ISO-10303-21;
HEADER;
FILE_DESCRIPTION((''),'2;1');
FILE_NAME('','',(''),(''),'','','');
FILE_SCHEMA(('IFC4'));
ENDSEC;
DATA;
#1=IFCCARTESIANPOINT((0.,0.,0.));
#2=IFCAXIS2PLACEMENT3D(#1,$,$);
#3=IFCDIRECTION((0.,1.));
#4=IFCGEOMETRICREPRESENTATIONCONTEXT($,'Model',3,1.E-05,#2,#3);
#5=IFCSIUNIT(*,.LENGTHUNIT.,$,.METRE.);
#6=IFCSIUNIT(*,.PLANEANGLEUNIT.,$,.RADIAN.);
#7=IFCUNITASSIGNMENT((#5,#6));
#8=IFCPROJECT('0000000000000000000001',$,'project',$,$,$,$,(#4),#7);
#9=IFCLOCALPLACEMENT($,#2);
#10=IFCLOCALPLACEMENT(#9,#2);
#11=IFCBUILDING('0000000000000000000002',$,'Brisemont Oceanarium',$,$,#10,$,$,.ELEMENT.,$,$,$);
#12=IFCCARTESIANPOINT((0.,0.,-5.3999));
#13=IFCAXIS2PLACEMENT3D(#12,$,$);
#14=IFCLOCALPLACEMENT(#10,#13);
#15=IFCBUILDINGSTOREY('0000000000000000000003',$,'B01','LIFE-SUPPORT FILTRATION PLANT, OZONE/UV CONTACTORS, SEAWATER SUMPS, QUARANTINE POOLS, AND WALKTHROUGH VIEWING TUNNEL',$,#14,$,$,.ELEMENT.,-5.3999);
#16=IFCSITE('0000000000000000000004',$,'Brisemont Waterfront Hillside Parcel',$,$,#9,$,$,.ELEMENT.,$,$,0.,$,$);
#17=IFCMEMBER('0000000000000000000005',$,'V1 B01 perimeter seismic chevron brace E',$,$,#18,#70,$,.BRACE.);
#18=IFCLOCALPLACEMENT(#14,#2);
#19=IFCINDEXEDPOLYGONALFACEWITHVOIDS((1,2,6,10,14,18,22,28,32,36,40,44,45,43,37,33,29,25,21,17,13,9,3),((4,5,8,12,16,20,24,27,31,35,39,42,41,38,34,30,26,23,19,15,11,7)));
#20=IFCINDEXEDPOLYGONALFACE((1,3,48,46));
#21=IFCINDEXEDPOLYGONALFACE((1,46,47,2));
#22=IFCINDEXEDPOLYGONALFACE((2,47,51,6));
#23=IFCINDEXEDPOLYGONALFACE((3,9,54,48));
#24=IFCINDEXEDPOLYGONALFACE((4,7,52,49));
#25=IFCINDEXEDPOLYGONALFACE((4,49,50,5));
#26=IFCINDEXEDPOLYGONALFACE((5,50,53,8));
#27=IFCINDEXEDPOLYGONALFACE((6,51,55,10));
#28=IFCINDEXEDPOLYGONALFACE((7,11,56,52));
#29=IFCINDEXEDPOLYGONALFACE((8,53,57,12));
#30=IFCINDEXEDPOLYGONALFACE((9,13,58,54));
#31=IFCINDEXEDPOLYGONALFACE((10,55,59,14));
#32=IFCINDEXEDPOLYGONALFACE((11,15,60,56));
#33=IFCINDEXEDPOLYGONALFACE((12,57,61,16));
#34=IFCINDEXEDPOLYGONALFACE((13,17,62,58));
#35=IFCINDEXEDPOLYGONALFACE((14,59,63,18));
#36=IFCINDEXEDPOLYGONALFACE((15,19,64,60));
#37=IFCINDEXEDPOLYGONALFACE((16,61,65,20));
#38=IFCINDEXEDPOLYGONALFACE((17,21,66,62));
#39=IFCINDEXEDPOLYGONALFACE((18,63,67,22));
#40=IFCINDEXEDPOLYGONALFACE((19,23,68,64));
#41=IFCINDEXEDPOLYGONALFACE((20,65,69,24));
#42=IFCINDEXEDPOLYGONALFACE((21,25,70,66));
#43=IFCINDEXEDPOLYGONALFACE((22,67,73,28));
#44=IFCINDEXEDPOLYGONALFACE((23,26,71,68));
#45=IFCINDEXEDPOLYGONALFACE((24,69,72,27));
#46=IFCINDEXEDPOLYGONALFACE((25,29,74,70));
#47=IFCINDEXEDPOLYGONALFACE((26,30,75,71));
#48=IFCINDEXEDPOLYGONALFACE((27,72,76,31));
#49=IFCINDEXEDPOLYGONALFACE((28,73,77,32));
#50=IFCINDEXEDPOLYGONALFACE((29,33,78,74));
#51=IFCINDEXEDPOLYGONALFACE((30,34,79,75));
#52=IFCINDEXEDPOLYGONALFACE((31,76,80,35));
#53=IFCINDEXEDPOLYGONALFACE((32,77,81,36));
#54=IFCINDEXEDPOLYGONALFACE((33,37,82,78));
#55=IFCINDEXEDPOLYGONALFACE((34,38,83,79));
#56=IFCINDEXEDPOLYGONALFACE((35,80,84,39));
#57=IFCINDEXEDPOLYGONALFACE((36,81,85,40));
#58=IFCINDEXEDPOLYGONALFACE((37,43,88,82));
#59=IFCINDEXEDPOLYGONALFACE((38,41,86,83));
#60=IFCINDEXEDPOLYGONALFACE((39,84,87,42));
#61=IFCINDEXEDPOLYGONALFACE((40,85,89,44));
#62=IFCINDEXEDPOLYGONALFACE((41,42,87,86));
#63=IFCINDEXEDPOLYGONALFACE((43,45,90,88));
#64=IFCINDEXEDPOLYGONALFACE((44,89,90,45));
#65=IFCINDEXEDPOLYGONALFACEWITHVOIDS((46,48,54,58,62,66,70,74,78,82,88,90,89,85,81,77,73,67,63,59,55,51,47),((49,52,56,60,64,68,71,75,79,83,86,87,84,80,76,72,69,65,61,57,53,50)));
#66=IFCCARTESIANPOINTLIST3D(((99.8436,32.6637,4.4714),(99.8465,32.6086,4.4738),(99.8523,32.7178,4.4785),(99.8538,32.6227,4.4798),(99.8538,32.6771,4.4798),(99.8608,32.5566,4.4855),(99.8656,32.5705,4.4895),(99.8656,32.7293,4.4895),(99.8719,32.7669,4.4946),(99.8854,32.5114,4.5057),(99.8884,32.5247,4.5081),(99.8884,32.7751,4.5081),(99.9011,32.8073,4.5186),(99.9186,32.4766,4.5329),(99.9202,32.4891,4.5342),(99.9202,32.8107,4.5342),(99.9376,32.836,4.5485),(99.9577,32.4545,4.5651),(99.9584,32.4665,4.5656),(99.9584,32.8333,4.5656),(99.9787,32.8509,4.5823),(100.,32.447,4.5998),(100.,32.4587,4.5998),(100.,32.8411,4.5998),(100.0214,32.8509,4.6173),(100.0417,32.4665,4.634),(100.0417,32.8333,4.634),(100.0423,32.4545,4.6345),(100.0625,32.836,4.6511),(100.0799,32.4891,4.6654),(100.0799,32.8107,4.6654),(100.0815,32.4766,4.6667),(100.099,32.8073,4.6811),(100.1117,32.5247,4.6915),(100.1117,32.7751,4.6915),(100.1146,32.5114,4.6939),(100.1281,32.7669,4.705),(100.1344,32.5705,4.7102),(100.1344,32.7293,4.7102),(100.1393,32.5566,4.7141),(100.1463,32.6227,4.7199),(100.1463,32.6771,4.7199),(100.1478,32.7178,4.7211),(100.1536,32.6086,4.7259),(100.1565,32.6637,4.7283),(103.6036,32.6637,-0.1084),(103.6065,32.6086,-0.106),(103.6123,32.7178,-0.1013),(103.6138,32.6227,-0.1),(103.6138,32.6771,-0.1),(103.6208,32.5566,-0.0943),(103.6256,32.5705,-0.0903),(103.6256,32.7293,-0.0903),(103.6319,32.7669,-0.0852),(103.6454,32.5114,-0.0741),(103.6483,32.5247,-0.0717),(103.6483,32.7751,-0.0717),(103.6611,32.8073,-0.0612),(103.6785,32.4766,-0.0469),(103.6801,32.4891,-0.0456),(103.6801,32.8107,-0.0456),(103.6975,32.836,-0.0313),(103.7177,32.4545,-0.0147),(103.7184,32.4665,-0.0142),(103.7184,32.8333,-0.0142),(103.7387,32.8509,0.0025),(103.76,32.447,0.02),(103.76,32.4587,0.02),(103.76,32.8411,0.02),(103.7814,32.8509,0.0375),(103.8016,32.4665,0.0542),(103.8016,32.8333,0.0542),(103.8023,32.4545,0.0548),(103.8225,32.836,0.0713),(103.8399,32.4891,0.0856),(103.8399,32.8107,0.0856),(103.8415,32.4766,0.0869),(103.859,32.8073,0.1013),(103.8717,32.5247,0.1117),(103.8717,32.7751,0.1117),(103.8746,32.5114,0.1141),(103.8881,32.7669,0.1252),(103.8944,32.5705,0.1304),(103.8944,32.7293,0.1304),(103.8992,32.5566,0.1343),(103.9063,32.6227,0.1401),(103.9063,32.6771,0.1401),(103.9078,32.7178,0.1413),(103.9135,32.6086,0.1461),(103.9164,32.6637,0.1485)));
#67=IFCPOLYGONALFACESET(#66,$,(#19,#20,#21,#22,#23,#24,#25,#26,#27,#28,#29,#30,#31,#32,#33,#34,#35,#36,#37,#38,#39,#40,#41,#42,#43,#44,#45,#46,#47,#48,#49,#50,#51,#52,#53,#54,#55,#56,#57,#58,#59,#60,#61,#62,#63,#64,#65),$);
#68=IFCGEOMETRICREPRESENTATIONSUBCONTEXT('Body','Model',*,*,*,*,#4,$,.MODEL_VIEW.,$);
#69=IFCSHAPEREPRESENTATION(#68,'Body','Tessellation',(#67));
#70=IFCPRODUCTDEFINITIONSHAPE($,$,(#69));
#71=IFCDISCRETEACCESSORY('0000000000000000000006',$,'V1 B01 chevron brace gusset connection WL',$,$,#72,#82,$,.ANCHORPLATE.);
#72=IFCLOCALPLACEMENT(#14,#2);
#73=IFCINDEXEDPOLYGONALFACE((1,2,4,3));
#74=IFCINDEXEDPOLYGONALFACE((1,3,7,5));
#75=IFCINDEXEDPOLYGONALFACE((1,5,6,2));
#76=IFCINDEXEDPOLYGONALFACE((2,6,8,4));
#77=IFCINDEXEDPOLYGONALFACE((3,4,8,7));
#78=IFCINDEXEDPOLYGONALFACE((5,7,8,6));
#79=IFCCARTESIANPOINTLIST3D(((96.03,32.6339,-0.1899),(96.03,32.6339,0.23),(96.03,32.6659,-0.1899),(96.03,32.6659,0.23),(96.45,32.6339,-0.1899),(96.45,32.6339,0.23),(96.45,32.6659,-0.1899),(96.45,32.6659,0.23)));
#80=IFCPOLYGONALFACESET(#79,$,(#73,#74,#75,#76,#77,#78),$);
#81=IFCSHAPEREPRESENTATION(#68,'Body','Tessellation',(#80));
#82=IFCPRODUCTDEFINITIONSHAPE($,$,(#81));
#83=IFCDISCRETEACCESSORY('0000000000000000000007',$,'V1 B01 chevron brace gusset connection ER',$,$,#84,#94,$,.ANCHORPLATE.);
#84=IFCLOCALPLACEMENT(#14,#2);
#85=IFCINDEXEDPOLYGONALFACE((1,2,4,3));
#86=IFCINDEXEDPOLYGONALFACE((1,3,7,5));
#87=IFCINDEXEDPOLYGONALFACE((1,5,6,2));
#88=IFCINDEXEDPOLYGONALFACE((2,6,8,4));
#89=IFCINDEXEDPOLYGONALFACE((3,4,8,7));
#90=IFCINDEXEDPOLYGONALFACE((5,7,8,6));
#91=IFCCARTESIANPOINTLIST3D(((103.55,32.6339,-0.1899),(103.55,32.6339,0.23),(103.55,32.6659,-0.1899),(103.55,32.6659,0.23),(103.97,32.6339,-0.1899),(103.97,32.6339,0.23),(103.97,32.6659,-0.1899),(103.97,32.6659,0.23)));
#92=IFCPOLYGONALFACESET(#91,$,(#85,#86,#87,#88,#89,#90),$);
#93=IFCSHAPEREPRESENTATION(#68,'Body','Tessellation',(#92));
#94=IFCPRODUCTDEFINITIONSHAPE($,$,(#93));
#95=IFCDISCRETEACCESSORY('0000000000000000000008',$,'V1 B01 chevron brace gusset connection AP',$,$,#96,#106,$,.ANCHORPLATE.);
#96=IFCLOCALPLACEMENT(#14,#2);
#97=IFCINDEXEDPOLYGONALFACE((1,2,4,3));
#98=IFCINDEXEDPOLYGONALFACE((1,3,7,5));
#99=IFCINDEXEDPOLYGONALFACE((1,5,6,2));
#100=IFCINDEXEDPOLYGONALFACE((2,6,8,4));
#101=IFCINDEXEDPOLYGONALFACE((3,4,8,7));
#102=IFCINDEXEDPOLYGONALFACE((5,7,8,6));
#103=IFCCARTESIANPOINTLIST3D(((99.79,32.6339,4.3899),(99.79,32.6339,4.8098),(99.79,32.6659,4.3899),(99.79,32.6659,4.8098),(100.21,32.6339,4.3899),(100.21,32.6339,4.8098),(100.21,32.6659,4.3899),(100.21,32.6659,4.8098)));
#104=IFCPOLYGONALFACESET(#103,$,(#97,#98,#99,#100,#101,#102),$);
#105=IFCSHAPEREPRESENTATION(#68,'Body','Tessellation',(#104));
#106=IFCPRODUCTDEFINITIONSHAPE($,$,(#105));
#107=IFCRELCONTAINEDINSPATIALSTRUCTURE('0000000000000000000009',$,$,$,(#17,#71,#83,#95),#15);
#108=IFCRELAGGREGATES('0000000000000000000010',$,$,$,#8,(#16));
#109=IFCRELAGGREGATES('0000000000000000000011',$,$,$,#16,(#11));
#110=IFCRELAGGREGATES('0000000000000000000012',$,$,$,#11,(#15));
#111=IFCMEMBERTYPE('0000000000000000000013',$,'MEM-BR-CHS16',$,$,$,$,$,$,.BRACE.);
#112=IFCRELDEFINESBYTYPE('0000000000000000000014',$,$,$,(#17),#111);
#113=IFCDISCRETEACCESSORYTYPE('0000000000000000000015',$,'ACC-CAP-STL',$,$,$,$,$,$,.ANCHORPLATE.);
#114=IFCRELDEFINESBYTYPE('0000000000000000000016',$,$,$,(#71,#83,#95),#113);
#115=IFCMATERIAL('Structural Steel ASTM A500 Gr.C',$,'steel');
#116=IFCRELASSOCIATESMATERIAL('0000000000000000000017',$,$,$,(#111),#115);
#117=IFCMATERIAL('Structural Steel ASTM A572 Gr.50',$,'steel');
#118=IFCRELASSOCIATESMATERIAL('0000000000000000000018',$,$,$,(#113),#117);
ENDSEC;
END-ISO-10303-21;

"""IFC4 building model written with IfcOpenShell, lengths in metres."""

from ifc_helpers import new_model, si_unit, direction, frame, origin, origin_2d, place, context, subcontext, project, spatial, rectangle, hollow_circle, extrude, material, material_profile, profile_set, type_object, element, save


model = new_model("IFC4")

# Units and contexts
model_context = context("Model", 3, precision=1e-05, world=origin(), true_north=direction((0.0, 1.0)))
body_context = subcontext(model_context, "Body", "Model", "MODEL_VIEW")
ifc_project = project(units=[si_unit("LENGTHUNIT", "METRE"), si_unit("PLANEANGLEUNIT", "RADIAN")], contexts=[model_context])

# Site, building, storey
site_placement = place(None, origin())
site = spatial("IfcSite", under=ifc_project, at=site_placement, Name="Brisemont Waterfront Hillside Parcel", CompositionType="ELEMENT", RefElevation=0.0)
building_placement = place(site_placement, origin())
building = spatial("IfcBuilding", under=site, at=building_placement, Name="Brisemont Oceanarium", CompositionType="ELEMENT")
storey_placement = place(building_placement, frame((0.0, 0.0, -5.3999)))
storey = spatial("IfcBuildingStorey", under=building, at=storey_placement, Name="B01", Description="LIFE-SUPPORT FILTRATION PLANT, OZONE/UV CONTACTORS, SEAWATER SUMPS, QUARANTINE POOLS, AND WALKTHROUGH VIEWING TUNNEL", CompositionType="ELEMENT", Elevation=-5.3999)

# Member
ifc_material_1 = material(Name="Structural Steel ASTM A500 Gr.C", Category="steel")
ifc_material_profile_1 = material_profile(ifc_material_1, hollow_circle(Radius=0.2029, WallThickness=0.0117, at=origin_2d()), Name="HSS16.000X0.500")
ifc_profile_set_1 = profile_set([ifc_material_profile_1], Name="Structural Steel ASTM A500 Gr.C")
member_type = type_object("IfcMemberType", Name="MEM-BR-CHS16", PredefinedType="BRACE", material=ifc_profile_set_1)
for number, where, z_axis, x_axis, name in (
    (1, (103.76, 32.6499, 0.02), (-0.634538, 0.0, 0.772892), (0.0, -1.0, 0.0), "V1 B01 perimeter seismic chevron brace E"),
):
    element("IfcMember", number, at=place(storey_placement, frame(where, z_axis=z_axis, x_axis=x_axis)), inside=storey, type_object=member_type, Name=name, PredefinedType="BRACE", context=body_context, shape_type="SweptSolid", body=[
        extrude(hollow_circle(Radius=0.2029, WallThickness=0.0117, at=origin_2d()), origin(), (0.0, 0.0, 1.0), 5.9255),
    ])

# Discrete accessories
ifc_material_2 = material(Name="Structural Steel ASTM A572 Gr.50", Category="steel")
discrete_accessory_type = type_object("IfcDiscreteAccessoryType", Name="ACC-CAP-STL", PredefinedType="ANCHORPLATE", material=ifc_material_2)
for number, where, z_axis, x_axis, name in (
    (2, (96.24, 32.6499, -0.1899), (0.0, 0.0, 1.0), (1.0, 0.0, 0.0), "V1 B01 chevron brace gusset connection WL"),
    (3, (103.76, 32.6499, -0.1899), (0.0, 0.0, 1.0), (1.0, 0.0, 0.0), "V1 B01 chevron brace gusset connection ER"),
    (4, (100.0, 32.6499, 4.3899), (0.0, 0.0, 1.0), (1.0, 0.0, 0.0), "V1 B01 chevron brace gusset connection AP"),
):
    element("IfcDiscreteAccessory", number, at=place(storey_placement, frame(where, z_axis=z_axis, x_axis=x_axis)), inside=storey, type_object=discrete_accessory_type, Name=name, PredefinedType="ANCHORPLATE", context=body_context, shape_type="SweptSolid", body=[
        extrude(rectangle(XDim=0.4199, YDim=0.032, at=origin_2d()), origin(), (0.0, 0.0, 1.0), 0.4199),
    ])

save(model, "model.ifc")
